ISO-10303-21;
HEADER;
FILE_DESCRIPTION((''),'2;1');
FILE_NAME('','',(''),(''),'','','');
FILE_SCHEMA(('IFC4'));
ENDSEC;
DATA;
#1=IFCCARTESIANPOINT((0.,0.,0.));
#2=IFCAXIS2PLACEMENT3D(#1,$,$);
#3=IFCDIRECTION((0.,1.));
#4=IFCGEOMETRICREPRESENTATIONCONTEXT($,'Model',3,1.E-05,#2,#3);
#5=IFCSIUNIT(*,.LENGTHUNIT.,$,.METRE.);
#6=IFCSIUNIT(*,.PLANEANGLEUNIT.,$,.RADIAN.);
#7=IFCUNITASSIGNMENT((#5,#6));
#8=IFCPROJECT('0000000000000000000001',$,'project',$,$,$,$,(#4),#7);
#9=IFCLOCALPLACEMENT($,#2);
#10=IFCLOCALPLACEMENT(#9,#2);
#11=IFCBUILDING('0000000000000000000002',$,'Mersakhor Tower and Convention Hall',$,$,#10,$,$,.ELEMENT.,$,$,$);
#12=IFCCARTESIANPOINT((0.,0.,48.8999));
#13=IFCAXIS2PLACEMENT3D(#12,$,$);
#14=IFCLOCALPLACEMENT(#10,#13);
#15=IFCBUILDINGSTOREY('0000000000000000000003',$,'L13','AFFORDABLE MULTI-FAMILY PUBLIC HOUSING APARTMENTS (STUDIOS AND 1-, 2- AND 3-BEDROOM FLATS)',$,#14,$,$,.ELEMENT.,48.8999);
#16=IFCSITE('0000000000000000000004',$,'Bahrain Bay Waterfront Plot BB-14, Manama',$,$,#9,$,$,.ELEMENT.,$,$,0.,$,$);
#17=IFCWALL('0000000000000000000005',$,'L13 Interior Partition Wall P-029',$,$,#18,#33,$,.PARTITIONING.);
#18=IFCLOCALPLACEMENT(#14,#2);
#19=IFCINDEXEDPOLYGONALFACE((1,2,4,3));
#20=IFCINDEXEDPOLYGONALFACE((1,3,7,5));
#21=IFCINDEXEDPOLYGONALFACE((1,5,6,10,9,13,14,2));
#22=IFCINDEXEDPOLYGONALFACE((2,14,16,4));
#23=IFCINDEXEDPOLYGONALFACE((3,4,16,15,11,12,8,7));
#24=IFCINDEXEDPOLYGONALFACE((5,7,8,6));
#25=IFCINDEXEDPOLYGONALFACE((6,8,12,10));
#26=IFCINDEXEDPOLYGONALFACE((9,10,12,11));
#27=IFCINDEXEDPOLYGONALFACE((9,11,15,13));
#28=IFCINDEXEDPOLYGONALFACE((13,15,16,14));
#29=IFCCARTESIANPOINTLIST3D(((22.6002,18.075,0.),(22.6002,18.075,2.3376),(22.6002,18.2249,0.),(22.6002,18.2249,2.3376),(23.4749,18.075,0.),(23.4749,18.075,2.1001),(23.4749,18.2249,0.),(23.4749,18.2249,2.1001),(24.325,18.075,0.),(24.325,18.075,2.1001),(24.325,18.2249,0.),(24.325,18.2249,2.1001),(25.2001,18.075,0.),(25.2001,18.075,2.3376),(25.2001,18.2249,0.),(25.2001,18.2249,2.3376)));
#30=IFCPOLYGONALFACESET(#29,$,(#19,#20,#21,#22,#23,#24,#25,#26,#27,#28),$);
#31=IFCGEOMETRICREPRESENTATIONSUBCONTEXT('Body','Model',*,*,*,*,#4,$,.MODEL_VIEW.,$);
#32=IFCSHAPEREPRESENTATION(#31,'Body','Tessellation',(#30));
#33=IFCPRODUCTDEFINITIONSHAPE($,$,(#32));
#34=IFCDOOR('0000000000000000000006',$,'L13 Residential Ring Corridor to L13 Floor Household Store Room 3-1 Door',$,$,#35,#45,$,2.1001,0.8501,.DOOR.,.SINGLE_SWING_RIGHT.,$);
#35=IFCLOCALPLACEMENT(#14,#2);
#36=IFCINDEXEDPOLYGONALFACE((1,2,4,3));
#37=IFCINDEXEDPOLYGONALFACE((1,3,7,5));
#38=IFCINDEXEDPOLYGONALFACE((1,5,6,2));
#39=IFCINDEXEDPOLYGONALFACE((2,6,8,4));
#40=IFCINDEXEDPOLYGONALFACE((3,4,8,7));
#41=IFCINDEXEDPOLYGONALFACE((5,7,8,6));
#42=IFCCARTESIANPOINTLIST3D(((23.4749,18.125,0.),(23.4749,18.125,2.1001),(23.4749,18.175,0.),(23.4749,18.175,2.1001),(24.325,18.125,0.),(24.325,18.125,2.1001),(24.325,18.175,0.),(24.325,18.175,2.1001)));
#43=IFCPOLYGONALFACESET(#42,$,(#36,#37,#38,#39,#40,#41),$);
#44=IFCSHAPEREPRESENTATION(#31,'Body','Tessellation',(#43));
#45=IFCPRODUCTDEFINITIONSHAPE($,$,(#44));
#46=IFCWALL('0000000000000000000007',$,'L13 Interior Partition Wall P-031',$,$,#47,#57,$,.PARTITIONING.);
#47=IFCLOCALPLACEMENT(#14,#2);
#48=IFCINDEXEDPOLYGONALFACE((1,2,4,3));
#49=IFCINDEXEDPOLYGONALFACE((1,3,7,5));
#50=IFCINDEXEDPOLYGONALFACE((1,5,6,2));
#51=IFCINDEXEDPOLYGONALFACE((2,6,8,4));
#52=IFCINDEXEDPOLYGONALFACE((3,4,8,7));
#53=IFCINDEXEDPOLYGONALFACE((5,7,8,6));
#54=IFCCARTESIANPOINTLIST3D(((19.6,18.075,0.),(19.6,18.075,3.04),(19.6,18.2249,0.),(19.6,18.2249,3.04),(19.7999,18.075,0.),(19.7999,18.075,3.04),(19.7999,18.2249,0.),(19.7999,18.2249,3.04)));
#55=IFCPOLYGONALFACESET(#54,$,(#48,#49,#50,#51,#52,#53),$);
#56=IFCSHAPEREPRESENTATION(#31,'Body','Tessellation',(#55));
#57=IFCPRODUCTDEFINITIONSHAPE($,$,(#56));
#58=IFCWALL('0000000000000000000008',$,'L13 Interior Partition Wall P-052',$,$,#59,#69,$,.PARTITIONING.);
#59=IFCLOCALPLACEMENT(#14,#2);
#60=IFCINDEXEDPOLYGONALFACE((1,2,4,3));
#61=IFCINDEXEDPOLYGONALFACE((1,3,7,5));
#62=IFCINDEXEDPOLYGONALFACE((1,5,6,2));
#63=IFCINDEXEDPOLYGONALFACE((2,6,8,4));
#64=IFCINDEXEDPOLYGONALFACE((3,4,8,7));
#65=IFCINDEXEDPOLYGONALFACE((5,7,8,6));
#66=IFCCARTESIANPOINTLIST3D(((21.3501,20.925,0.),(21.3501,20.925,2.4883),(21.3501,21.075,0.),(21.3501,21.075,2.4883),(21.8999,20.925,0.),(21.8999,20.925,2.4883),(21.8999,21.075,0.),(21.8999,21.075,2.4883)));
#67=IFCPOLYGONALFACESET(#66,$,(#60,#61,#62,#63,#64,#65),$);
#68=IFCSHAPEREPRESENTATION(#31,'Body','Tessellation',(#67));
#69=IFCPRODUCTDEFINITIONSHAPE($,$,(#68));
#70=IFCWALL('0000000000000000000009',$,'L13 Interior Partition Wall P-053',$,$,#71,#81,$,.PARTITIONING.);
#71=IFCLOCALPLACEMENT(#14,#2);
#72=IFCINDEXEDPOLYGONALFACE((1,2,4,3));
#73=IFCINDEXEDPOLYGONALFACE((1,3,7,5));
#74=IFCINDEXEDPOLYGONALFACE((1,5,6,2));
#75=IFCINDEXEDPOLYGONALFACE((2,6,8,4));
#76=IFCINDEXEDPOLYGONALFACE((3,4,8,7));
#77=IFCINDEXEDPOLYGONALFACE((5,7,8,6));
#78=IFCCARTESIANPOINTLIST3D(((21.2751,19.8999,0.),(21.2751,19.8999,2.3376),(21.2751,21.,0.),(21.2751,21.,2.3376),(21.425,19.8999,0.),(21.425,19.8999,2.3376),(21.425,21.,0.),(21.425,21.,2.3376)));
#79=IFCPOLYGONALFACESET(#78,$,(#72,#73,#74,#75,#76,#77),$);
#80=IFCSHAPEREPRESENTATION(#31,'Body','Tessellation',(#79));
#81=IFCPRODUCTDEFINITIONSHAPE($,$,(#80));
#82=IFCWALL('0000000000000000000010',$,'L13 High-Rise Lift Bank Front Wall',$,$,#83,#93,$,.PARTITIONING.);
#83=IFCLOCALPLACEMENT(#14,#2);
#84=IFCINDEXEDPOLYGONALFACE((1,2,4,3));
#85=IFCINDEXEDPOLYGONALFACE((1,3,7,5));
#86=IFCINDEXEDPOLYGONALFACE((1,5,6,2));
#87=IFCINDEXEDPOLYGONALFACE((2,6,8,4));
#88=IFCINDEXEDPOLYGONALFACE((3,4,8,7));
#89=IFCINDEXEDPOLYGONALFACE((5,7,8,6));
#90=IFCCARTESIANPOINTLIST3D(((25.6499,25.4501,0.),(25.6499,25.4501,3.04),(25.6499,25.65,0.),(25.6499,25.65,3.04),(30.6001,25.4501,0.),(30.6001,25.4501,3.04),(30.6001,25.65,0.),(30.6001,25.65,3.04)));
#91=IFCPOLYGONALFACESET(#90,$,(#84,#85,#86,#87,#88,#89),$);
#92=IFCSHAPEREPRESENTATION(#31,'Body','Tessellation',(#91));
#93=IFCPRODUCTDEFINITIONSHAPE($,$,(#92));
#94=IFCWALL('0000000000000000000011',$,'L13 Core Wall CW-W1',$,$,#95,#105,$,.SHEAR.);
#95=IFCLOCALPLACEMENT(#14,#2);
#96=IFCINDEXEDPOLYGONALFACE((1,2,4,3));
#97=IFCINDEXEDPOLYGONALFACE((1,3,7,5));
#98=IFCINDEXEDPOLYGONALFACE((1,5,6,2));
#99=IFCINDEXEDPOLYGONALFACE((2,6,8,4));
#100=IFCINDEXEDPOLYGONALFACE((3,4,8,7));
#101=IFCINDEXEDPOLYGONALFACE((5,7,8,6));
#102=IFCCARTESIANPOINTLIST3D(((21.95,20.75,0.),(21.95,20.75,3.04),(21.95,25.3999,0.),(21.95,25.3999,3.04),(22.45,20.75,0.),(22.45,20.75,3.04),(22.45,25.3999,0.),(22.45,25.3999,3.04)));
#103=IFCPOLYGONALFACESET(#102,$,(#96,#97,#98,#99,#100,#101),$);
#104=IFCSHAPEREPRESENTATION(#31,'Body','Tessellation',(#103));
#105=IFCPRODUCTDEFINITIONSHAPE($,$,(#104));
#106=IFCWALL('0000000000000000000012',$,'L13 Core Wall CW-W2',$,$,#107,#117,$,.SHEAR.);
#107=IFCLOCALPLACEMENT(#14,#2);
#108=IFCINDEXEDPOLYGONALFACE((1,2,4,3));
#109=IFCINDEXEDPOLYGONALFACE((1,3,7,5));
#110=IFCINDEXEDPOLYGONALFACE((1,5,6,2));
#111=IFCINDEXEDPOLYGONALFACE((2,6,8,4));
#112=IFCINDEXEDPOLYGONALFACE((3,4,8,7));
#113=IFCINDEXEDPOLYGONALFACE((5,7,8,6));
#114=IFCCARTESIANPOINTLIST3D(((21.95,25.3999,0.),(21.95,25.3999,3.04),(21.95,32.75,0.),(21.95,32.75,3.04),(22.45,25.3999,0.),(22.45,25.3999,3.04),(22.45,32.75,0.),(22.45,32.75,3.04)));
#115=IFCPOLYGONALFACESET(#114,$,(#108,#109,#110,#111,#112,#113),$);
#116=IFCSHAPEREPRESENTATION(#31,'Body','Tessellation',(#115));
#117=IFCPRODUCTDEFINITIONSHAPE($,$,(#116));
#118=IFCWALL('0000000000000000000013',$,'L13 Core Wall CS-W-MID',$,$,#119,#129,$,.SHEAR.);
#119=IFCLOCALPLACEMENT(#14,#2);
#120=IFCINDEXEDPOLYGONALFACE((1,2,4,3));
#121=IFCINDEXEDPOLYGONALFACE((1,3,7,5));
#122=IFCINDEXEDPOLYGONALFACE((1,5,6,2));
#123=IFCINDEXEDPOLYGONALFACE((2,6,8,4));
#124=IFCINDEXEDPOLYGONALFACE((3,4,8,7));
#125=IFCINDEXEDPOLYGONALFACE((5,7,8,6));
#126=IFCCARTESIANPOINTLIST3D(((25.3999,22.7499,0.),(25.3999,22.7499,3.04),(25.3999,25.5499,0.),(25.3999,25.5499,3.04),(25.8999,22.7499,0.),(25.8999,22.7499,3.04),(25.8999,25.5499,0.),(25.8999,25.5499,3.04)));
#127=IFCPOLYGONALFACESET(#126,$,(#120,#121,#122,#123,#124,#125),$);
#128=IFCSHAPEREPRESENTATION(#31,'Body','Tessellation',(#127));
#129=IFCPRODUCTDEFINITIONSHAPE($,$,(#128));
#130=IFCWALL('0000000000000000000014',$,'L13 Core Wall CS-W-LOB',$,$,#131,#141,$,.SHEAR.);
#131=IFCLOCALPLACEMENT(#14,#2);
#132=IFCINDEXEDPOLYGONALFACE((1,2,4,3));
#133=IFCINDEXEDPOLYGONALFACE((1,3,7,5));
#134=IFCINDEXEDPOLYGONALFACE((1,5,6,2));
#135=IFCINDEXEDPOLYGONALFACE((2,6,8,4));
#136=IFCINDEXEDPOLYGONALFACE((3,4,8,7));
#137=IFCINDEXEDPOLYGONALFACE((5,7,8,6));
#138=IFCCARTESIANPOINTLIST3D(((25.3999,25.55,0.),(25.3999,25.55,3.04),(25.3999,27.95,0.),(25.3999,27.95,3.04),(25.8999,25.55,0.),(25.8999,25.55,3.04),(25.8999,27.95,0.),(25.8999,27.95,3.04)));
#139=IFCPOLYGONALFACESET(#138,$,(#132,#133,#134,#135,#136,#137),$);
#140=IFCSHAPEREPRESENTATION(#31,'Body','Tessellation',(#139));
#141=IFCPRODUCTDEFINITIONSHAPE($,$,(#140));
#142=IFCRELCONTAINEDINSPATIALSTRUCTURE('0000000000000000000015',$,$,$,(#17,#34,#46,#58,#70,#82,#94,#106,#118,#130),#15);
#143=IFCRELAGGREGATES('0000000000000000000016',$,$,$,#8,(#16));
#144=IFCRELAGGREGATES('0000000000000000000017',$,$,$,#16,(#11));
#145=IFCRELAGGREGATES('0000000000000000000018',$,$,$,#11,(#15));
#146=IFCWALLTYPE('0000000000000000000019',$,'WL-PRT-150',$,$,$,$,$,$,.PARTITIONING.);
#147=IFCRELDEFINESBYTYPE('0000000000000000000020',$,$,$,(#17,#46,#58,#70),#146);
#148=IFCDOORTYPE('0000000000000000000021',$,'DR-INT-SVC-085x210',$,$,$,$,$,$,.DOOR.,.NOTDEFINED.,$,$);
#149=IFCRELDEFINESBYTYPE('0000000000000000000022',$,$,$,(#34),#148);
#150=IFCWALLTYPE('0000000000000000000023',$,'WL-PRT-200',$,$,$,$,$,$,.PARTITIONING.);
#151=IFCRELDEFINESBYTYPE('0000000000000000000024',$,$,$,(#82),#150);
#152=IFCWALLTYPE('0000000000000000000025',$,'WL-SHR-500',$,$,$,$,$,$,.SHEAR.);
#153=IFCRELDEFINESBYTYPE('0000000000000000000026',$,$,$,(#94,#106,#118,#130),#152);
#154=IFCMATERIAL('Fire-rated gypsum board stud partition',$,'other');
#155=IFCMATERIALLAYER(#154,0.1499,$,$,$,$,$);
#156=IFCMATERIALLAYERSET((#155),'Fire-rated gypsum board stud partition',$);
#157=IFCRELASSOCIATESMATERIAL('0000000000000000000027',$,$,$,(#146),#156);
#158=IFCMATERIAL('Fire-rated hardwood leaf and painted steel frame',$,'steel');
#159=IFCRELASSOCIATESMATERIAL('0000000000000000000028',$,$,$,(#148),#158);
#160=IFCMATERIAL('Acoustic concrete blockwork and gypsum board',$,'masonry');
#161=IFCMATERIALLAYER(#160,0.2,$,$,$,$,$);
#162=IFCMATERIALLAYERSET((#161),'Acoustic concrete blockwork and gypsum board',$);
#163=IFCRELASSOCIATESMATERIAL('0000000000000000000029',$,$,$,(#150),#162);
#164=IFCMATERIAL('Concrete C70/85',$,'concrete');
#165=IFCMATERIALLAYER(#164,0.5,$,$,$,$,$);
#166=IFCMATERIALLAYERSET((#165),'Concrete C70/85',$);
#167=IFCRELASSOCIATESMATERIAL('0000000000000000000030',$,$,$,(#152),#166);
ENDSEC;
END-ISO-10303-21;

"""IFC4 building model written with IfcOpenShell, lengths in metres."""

from ifc_helpers import new_model, si_unit, direction, frame, frame_2d, origin, place, context, subcontext, project, spatial, rectangle, extrude, material, layer, layer_set, type_object, element, fill, save


model = new_model("IFC4")

# Units and contexts
model_context = context("Model", 3, precision=1e-05, world=origin(), true_north=direction((0.0, 1.0)))
body_context = subcontext(model_context, "Body", "Model", "MODEL_VIEW")
ifc_project = project(units=[si_unit("LENGTHUNIT", "METRE"), si_unit("PLANEANGLEUNIT", "RADIAN")], contexts=[model_context])

# Site, building, storey
site_placement = place(None, origin())
site = spatial("IfcSite", under=ifc_project, at=site_placement, Name="Bahrain Bay Waterfront Plot BB-14, Manama", CompositionType="ELEMENT", RefElevation=0.0)
building_placement = place(site_placement, origin())
building = spatial("IfcBuilding", under=site, at=building_placement, Name="Mersakhor Tower and Convention Hall", CompositionType="ELEMENT")
storey_placement = place(building_placement, frame((0.0, 0.0, 48.8999)))
storey = spatial("IfcBuildingStorey", under=building, at=storey_placement, Name="L13", Description="AFFORDABLE MULTI-FAMILY PUBLIC HOUSING APARTMENTS (STUDIOS AND 1-, 2- AND 3-BEDROOM FLATS)", CompositionType="ELEMENT", Elevation=48.8999)

# Shared definitions
ifc_material_1 = material(Name="Fire-rated gypsum board stud partition", Category="other")
ifc_layer_1 = layer(ifc_material_1, 0.1499)
ifc_layer_set_1 = layer_set([ifc_layer_1], Name="Fire-rated gypsum board stud partition")
wall_type_1 = type_object("IfcWallType", Name="WL-PRT-150", PredefinedType="PARTITIONING", material=ifc_layer_set_1)

# Wall, opening, door
wall_1_placement = place(storey_placement, frame((25.2, 18.1499, 0.0), z_axis=(0.0, 0.0, 1.0), x_axis=(-1.0, 0.0, 0.0)))
wall_1 = element("IfcWall", 1, at=wall_1_placement, inside=storey, type_object=wall_type_1, Name="L13 Interior Partition Wall P-029", PredefinedType="PARTITIONING", context=body_context, shape_type="SweptSolid", body=[
    extrude(rectangle(XDim=2.5999, YDim=0.1499, at=frame_2d((1.2998, 0.0))), origin(), (0.0, 0.0, 1.0), 2.3376),
])
opening_1_placement = place(wall_1_placement, frame((0.875, 0.0, 0.0)))
opening_1 = element("IfcOpeningElement", 2, at=opening_1_placement, cuts=wall_1, PredefinedType="OPENING", context=body_context, shape_type="SweptSolid", body=[
    extrude(rectangle(XDim=0.8501, YDim=2.1001, at=frame_2d((0.425, 1.05))), frame((0.0, 0.085, 0.0), z_axis=(0.0, -1.0, 0.0), x_axis=(1.0, 0.0, 0.0)), (0.0, 0.0, 1.0), 0.1699),
])
ifc_material_2 = material(Name="Fire-rated hardwood leaf and painted steel frame", Category="steel")
door_type_1 = type_object("IfcDoorType", Name="DR-INT-SVC-085x210", OperationType="NOTDEFINED", PredefinedType="DOOR", material=ifc_material_2)
door_1_placement = place(opening_1_placement, origin())
door_1 = element("IfcDoor", 3, at=door_1_placement, inside=storey, type_object=door_type_1, Name="L13 Residential Ring Corridor to L13 Floor Household Store Room 3-1 Door", OperationType="SINGLE_SWING_RIGHT", OverallHeight=2.1001, OverallWidth=0.8501, PredefinedType="DOOR", context=body_context, shape_type="SweptSolid", body=[
    extrude(rectangle(XDim=0.8501, YDim=2.1001, at=frame_2d((0.425, 1.05))), frame((0.0, 0.0249, 0.0), z_axis=(0.0, -1.0, 0.0), x_axis=(1.0, 0.0, 0.0)), (0.0, 0.0, 1.0), 0.05),
])
fill(opening_1, door_1)

# Walls
wall_2_placement = place(storey_placement, frame((19.8, 18.1499, 0.0), z_axis=(0.0, 0.0, 1.0), x_axis=(-1.0, 0.0, 0.0)))
element("IfcWall", 4, at=wall_2_placement, inside=storey, type_object=wall_type_1, Name="L13 Interior Partition Wall P-031", PredefinedType="PARTITIONING", context=body_context, shape_type="SweptSolid", body=[
    extrude(rectangle(XDim=0.2, YDim=0.1499, at=frame_2d((0.1001, 0.0))), origin(), (0.0, 0.0, 1.0), 3.04),
])
wall_3_placement = place(storey_placement, frame((21.8999, 21.0, 0.0), z_axis=(0.0, 0.0, 1.0), x_axis=(-1.0, 0.0, 0.0)))
element("IfcWall", 5, at=wall_3_placement, inside=storey, type_object=wall_type_1, Name="L13 Interior Partition Wall P-052", PredefinedType="PARTITIONING", context=body_context, shape_type="SweptSolid", body=[
    extrude(rectangle(XDim=0.5498, YDim=0.1499, at=frame_2d((0.2749, 0.0))), origin(), (0.0, 0.0, 1.0), 2.4883),
])
wall_4_placement = place(storey_placement, frame((21.3501, 21.0, 0.0), z_axis=(0.0, 0.0, 1.0), x_axis=(0.0, -1.0, 0.0)))
element("IfcWall", 6, at=wall_4_placement, inside=storey, type_object=wall_type_1, Name="L13 Interior Partition Wall P-053", PredefinedType="PARTITIONING", context=body_context, shape_type="SweptSolid", body=[
    extrude(rectangle(XDim=1.1001, YDim=0.1499, at=frame_2d((0.55, 0.0))), origin(), (0.0, 0.0, 1.0), 2.3376),
])
ifc_material_3 = material(Name="Acoustic concrete blockwork and gypsum board", Category="masonry")
ifc_layer_2 = layer(ifc_material_3, 0.2)
ifc_layer_set_2 = layer_set([ifc_layer_2], Name="Acoustic concrete blockwork and gypsum board")
wall_type_2 = type_object("IfcWallType", Name="WL-PRT-200", PredefinedType="PARTITIONING", material=ifc_layer_set_2)
wall_5_placement = place(storey_placement, frame((25.6499, 25.55, 0.0), z_axis=(0.0, 0.0, 1.0), x_axis=(1.0, 0.0, 0.0)))
element("IfcWall", 7, at=wall_5_placement, inside=storey, type_object=wall_type_2, Name="L13 High-Rise Lift Bank Front Wall", PredefinedType="PARTITIONING", context=body_context, shape_type="SweptSolid", body=[
    extrude(rectangle(XDim=4.9502, YDim=0.2, at=frame_2d((2.4751, 0.0))), origin(), (0.0, 0.0, 1.0), 3.04),
])

# Walls
ifc_material_4 = material(Name="Concrete C70/85", Category="concrete")
ifc_layer_3 = layer(ifc_material_4, 0.5)
ifc_layer_set_3 = layer_set([ifc_layer_3], Name="Concrete C70/85")
wall_type_3 = type_object("IfcWallType", Name="WL-SHR-500", PredefinedType="SHEAR", material=ifc_layer_set_3)
wall_6_placement = place(storey_placement, frame((22.2, 20.75, 0.0), z_axis=(0.0, 0.0, 1.0), x_axis=(0.0, 1.0, 0.0)))
element("IfcWall", 8, at=wall_6_placement, inside=storey, type_object=wall_type_3, Name="L13 Core Wall CW-W1", PredefinedType="SHEAR", context=body_context, shape_type="SweptSolid", body=[
    extrude(rectangle(XDim=4.6499, YDim=0.5, at=frame_2d((2.325, 0.0))), origin(), (0.0, 0.0, 1.0), 3.04),
])
wall_7_placement = place(storey_placement, frame((22.2, 25.3999, 0.0), z_axis=(0.0, 0.0, 1.0), x_axis=(0.0, 1.0, 0.0)))
element("IfcWall", 9, at=wall_7_placement, inside=storey, type_object=wall_type_3, Name="L13 Core Wall CW-W2", PredefinedType="SHEAR", context=body_context, shape_type="SweptSolid", body=[
    extrude(rectangle(XDim=7.3501, YDim=0.5, at=frame_2d((3.675, 0.0))), origin(), (0.0, 0.0, 1.0), 3.04),
])

# Walls
wall_8_placement = place(storey_placement, frame((25.6499, 22.75, 0.0), z_axis=(0.0, 0.0, 1.0), x_axis=(0.0, 1.0, 0.0)))
element("IfcWall", 10, at=wall_8_placement, inside=storey, type_object=wall_type_3, Name="L13 Core Wall CS-W-MID", PredefinedType="SHEAR", context=body_context, shape_type="SweptSolid", body=[
    extrude(rectangle(XDim=2.8, YDim=0.5, at=frame_2d((1.3999, 0.0))), origin(), (0.0, 0.0, 1.0), 3.04),
])
wall_9_placement = place(storey_placement, frame((25.6499, 25.55, 0.0), z_axis=(0.0, 0.0, 1.0), x_axis=(0.0, 1.0, 0.0)))
element("IfcWall", 11, at=wall_9_placement, inside=storey, type_object=wall_type_3, Name="L13 Core Wall CS-W-LOB", PredefinedType="SHEAR", context=body_context, shape_type="SweptSolid", body=[
    extrude(rectangle(XDim=2.3999, YDim=0.5, at=frame_2d((1.2, 0.0))), origin(), (0.0, 0.0, 1.0), 3.04),
])

save(model, "model.ifc")
